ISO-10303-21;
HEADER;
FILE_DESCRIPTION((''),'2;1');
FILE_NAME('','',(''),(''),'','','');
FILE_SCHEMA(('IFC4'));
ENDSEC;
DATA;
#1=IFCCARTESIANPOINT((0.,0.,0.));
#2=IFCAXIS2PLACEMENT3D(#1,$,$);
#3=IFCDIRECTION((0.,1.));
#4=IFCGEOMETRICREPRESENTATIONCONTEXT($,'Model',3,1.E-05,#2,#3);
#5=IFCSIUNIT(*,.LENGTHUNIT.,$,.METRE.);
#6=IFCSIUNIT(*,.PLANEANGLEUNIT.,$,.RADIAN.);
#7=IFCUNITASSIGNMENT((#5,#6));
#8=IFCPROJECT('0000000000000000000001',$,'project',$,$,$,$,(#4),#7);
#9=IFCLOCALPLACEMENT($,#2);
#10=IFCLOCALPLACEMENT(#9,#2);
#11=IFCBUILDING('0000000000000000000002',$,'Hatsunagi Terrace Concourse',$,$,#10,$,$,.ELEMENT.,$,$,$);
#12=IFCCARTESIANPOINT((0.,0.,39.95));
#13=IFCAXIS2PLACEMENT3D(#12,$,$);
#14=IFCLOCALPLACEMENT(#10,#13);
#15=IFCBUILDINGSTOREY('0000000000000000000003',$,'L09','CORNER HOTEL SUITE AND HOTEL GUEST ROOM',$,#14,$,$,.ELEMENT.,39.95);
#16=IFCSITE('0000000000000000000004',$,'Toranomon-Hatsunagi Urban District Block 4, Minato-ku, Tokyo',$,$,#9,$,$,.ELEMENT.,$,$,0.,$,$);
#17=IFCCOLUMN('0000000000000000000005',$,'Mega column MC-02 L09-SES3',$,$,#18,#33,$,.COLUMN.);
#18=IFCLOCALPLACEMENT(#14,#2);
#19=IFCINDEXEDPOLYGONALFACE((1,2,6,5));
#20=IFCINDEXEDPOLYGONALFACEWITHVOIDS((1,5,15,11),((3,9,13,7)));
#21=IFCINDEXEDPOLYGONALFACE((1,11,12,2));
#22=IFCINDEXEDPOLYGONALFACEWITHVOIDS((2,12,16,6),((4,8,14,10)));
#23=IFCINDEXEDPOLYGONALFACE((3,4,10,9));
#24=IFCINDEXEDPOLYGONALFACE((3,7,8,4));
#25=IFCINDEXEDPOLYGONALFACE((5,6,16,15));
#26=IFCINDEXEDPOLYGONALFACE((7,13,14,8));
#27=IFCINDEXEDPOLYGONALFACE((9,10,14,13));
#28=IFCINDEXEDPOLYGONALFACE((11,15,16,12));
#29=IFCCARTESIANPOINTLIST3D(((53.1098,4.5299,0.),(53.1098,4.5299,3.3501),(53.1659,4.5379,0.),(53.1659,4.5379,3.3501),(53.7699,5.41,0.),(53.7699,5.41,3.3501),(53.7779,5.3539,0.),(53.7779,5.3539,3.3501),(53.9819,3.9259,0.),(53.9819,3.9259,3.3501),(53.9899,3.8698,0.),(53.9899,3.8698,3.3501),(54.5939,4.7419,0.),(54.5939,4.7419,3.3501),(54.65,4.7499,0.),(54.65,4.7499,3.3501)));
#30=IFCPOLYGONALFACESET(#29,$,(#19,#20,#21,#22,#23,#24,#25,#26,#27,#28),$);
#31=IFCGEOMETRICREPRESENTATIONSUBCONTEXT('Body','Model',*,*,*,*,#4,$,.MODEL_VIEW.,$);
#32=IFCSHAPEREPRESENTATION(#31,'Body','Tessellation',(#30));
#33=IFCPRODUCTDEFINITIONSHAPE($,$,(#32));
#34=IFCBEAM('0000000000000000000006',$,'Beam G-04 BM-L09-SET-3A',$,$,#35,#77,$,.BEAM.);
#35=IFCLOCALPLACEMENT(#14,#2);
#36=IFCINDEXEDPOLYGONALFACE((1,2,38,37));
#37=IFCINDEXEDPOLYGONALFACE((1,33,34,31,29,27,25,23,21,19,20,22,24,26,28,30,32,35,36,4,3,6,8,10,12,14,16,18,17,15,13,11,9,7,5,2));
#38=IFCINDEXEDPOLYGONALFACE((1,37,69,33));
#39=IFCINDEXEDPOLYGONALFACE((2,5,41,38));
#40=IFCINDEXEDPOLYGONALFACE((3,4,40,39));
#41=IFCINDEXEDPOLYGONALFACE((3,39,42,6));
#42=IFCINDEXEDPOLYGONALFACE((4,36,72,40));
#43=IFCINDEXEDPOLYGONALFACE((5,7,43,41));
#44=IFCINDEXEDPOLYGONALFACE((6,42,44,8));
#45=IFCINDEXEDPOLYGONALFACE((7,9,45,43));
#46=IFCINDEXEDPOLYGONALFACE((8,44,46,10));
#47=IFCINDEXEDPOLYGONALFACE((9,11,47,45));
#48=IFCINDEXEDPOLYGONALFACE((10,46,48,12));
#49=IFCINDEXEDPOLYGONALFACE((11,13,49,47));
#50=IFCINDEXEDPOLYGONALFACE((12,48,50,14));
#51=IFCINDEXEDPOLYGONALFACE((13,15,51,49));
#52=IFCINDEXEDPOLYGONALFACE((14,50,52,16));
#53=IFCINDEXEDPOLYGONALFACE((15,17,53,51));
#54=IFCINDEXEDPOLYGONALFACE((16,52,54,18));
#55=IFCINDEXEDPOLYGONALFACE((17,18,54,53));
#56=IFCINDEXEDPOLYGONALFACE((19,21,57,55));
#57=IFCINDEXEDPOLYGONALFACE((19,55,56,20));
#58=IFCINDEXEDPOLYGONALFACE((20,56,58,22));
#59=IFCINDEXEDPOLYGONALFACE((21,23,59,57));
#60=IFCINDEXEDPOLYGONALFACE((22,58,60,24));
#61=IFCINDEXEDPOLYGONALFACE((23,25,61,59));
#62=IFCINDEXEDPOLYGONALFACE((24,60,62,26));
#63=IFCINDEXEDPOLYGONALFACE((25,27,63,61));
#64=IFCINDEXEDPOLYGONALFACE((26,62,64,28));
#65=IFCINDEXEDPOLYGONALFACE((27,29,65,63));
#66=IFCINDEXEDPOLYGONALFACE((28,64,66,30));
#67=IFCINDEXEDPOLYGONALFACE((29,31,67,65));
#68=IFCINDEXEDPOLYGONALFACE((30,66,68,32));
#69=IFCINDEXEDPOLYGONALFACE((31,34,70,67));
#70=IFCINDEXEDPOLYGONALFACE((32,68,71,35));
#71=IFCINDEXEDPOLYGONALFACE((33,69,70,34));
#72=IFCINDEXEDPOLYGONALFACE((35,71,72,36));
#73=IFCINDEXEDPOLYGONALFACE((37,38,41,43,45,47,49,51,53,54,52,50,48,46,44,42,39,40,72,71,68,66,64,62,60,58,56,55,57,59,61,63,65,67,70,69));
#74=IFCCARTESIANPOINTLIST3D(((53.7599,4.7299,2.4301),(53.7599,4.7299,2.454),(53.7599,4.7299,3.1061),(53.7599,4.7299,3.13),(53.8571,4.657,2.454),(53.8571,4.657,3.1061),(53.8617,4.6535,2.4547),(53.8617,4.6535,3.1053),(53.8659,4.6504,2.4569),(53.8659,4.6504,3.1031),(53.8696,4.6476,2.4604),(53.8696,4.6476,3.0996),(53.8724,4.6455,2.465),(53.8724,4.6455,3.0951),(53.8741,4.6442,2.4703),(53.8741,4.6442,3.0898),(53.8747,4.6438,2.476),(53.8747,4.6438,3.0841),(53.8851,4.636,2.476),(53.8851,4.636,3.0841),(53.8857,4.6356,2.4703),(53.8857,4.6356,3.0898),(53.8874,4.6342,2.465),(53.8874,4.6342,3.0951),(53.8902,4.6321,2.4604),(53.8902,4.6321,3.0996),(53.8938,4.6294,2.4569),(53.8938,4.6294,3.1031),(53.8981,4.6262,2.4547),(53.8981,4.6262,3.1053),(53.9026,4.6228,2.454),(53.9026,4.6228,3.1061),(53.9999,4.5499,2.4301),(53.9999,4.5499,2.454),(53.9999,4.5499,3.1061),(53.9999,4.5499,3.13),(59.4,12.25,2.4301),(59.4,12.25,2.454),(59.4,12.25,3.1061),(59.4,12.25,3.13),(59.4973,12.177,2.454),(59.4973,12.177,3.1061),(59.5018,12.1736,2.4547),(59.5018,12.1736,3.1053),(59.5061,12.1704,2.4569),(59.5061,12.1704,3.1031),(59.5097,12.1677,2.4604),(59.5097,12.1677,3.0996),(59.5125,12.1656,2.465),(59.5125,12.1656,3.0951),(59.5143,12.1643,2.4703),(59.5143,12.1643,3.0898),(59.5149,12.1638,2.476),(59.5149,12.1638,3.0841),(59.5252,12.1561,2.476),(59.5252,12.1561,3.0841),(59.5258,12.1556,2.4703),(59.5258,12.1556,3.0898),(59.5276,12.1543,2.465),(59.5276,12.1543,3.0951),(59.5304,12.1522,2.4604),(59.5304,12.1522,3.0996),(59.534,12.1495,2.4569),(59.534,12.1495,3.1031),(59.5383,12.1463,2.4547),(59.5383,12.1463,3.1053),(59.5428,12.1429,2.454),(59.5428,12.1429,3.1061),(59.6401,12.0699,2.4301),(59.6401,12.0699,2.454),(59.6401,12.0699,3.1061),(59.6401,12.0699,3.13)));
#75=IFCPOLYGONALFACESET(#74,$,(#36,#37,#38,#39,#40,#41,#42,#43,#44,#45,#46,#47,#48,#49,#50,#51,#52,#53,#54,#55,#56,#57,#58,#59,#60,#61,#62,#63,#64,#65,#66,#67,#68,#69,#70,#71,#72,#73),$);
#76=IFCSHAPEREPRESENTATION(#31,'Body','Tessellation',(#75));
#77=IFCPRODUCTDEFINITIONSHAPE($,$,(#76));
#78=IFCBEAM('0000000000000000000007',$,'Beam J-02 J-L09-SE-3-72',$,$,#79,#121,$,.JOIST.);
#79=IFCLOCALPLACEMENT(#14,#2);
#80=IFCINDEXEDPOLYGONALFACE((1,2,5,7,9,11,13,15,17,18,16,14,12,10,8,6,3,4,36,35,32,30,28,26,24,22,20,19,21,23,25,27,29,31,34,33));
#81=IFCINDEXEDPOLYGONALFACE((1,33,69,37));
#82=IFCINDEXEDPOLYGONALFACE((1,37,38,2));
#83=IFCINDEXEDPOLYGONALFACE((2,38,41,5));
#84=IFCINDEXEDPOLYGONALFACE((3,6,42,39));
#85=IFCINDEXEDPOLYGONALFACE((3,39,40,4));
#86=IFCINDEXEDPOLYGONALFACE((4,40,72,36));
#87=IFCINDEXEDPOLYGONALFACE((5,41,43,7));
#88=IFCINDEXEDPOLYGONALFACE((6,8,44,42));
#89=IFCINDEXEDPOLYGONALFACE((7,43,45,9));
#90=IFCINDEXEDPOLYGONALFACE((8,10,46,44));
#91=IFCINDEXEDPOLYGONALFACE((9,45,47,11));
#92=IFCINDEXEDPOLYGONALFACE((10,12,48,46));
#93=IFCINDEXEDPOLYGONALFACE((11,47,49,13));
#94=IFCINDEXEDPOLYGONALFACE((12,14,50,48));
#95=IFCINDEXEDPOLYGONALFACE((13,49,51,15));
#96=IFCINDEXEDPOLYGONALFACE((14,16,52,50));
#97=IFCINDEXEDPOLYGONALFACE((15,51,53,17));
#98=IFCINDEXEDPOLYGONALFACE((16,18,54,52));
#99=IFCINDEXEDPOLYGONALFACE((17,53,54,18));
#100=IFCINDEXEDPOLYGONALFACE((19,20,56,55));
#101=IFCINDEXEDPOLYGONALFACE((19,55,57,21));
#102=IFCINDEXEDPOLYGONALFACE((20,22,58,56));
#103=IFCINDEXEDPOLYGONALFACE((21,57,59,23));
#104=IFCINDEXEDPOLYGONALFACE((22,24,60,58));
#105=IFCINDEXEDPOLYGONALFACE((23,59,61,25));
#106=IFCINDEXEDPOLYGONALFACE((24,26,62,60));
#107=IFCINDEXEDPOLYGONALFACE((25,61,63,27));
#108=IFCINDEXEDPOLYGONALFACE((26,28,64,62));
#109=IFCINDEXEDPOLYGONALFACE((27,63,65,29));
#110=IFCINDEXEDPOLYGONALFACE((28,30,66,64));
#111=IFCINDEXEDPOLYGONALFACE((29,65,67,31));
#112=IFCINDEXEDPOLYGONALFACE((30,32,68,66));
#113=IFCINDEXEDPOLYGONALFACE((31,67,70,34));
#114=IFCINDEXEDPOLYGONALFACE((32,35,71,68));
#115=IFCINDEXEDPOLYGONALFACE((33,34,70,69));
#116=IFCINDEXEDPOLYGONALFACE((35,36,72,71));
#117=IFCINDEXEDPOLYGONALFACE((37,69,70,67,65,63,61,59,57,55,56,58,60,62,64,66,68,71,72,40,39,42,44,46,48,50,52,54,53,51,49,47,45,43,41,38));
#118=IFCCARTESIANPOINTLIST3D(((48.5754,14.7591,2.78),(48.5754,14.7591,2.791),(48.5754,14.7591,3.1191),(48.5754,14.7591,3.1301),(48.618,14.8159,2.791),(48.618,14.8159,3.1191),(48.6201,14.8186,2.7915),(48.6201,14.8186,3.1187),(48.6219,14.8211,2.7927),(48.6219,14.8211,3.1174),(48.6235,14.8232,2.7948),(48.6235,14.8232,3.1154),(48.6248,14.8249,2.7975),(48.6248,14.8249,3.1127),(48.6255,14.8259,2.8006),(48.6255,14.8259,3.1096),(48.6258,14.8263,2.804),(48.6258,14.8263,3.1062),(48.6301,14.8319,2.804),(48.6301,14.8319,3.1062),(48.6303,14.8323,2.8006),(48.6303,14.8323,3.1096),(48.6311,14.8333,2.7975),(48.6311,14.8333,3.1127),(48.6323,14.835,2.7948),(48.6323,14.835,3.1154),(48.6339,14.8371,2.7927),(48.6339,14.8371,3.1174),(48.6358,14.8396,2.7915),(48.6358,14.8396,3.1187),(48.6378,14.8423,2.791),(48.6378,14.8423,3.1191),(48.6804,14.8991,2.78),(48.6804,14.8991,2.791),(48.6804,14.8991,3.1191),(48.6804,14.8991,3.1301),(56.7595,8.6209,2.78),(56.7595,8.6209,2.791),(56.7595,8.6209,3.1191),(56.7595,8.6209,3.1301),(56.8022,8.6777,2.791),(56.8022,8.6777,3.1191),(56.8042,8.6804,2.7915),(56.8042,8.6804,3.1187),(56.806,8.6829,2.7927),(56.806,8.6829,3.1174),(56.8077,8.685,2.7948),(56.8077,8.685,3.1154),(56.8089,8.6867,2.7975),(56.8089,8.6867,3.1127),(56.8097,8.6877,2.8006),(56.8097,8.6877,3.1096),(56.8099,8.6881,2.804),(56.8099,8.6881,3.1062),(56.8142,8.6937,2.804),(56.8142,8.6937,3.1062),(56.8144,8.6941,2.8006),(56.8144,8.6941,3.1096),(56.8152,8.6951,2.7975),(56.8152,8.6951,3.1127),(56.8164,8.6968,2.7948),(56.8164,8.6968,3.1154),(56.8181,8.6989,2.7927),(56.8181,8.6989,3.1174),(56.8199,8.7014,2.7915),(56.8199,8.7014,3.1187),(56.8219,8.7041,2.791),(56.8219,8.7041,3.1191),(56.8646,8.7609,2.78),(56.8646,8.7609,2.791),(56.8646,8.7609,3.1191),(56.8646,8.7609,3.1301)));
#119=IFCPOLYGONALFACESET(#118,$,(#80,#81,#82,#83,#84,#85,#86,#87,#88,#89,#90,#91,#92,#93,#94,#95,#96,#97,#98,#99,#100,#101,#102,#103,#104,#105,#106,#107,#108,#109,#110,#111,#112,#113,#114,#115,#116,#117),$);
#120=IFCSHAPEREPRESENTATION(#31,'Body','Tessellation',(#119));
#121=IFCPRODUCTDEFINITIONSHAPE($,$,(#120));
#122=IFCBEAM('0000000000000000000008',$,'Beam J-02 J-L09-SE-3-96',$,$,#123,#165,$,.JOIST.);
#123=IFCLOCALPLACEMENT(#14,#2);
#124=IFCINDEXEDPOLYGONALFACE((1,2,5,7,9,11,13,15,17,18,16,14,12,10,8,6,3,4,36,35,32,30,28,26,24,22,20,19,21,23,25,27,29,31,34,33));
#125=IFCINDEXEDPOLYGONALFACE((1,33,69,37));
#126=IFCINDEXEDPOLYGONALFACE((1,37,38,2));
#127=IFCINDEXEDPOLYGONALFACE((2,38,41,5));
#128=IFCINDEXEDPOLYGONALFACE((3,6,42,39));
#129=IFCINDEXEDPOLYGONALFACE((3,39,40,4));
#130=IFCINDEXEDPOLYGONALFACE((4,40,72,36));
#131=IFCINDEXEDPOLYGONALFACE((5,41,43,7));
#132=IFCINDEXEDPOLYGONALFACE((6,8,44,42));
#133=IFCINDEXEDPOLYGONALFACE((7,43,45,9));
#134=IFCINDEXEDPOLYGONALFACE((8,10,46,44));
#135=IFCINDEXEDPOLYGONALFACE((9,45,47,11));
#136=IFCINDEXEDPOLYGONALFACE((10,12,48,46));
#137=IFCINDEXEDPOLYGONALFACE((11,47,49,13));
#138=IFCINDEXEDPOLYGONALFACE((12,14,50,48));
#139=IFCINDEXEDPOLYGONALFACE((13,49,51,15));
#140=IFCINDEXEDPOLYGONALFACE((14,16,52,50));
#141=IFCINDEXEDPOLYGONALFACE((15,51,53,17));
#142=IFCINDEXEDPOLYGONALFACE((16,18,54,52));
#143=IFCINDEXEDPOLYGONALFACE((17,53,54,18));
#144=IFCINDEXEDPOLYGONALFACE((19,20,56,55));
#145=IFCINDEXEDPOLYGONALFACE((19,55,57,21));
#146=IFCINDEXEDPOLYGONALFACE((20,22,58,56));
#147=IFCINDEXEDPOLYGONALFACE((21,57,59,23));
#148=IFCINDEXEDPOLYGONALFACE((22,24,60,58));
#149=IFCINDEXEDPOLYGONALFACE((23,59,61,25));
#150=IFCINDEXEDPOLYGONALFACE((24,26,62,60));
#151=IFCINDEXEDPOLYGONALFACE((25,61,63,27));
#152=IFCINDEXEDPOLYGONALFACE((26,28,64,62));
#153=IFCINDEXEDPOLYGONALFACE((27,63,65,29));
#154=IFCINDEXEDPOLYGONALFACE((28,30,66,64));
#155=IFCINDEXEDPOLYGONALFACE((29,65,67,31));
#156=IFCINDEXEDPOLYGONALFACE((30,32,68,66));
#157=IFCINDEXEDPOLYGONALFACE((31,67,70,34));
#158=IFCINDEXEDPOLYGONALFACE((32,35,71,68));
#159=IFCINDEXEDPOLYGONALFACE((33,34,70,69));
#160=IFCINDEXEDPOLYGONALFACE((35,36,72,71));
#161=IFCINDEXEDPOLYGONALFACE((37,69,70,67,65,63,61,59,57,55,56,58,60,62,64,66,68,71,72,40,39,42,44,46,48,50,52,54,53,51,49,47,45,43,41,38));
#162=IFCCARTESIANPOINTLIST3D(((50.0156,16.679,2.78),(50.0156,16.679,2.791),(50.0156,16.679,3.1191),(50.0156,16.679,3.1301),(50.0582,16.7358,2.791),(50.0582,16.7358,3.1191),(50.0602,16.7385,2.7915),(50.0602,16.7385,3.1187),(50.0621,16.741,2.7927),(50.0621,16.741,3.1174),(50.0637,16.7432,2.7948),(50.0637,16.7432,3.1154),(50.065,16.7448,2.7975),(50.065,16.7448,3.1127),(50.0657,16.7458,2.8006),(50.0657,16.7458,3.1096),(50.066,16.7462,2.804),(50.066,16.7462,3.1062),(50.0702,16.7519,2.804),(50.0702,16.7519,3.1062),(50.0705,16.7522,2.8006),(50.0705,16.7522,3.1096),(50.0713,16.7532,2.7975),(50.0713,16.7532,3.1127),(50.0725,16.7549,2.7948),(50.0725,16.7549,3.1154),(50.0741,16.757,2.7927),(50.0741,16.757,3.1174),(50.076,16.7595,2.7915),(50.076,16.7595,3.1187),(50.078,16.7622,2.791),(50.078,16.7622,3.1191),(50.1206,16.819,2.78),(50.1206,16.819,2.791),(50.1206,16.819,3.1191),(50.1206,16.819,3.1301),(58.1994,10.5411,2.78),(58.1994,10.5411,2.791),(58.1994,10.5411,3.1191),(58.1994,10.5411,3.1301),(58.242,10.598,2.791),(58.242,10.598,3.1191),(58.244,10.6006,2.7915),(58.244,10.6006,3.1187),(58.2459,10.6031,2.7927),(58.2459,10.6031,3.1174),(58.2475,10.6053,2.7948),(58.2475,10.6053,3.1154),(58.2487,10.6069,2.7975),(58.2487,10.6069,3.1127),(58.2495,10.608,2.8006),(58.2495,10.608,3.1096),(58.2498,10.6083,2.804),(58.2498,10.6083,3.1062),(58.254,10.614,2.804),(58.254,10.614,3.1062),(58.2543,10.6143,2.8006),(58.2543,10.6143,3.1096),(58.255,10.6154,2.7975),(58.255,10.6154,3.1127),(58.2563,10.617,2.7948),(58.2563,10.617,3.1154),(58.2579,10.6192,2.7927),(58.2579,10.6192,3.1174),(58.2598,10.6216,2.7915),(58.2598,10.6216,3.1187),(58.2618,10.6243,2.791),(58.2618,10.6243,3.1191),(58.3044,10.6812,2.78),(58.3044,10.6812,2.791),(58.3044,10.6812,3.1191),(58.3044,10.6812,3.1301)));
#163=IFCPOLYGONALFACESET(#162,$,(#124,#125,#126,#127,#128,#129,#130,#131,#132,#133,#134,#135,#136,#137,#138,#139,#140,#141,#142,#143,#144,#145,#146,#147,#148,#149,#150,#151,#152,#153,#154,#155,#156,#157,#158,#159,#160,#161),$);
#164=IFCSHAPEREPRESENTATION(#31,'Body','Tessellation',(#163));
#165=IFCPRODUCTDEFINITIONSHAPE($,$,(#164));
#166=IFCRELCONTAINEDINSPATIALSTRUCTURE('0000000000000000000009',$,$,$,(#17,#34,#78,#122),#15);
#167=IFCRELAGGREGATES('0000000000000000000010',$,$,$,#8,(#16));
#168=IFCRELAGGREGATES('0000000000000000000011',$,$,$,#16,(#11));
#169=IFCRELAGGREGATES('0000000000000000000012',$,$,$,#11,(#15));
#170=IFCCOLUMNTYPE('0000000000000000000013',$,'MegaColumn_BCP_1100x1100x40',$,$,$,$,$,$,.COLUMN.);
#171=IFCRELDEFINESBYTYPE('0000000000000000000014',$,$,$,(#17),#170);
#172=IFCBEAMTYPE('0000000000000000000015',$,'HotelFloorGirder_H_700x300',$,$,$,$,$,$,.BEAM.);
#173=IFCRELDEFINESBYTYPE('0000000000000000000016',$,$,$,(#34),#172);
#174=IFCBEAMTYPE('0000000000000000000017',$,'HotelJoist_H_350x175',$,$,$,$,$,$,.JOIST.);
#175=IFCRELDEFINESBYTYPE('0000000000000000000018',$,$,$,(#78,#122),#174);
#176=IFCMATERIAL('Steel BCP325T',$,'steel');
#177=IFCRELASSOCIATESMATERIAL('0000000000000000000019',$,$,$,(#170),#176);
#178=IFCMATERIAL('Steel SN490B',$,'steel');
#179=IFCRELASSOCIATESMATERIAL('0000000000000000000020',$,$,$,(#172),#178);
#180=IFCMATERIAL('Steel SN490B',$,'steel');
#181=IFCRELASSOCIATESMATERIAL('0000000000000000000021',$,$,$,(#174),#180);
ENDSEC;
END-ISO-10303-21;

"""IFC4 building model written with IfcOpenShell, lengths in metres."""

from ifc_helpers import new_model, si_unit, direction, frame, origin, origin_2d, place, context, subcontext, project, spatial, hollow_rectangle, i_section, extrude, material, material_profile, profile_set, type_object, element, save


model = new_model("IFC4")

# Units and contexts
model_context = context("Model", 3, precision=1e-05, world=origin(), true_north=direction((0.0, 1.0)))
body_context = subcontext(model_context, "Body", "Model", "MODEL_VIEW")
ifc_project = project(units=[si_unit("LENGTHUNIT", "METRE"), si_unit("PLANEANGLEUNIT", "RADIAN")], contexts=[model_context])

# Site, building, storey
site_placement = place(None, origin())
site = spatial("IfcSite", under=ifc_project, at=site_placement, Name="Toranomon-Hatsunagi Urban District Block 4, Minato-ku, Tokyo", CompositionType="ELEMENT", RefElevation=0.0)
building_placement = place(site_placement, origin())
building = spatial("IfcBuilding", under=site, at=building_placement, Name="Hatsunagi Terrace Concourse", CompositionType="ELEMENT")
storey_placement = place(building_placement, frame((0.0, 0.0, 39.95)))
storey = spatial("IfcBuildingStorey", under=building, at=storey_placement, Name="L09", Description="CORNER HOTEL SUITE AND HOTEL GUEST ROOM", CompositionType="ELEMENT", Elevation=39.95)

# Column
ifc_material_1 = material(Name="Steel BCP325T", Category="steel")
ifc_material_profile_1 = material_profile(ifc_material_1, hollow_rectangle(XDim=1.1001, YDim=1.1001, WallThickness=0.04, at=origin_2d()), Name="BCP-1100x1100x40")
ifc_profile_set_1 = profile_set([ifc_material_profile_1], Name="Steel BCP325T")
column_type = type_object("IfcColumnType", Name="MegaColumn_BCP_1100x1100x40", PredefinedType="COLUMN", material=ifc_profile_set_1)
column_placement = place(storey_placement, frame((53.8799, 4.6399, 0.0), z_axis=(0.0, 0.0, 1.0), x_axis=(0.8, -0.6, 0.0)))
element("IfcColumn", 1, at=column_placement, inside=storey, type_object=column_type, Name="Mega column MC-02 L09-SES3", PredefinedType="COLUMN", context=body_context, shape_type="SweptSolid", body=[
    extrude(hollow_rectangle(XDim=1.1001, YDim=1.1001, WallThickness=0.04, at=origin_2d()), origin(), (0.0, 0.0, 1.0), 3.3501),
])

# Beams
ifc_material_2 = material(Name="Steel SN490B", Category="steel")
ifc_material_profile_2 = material_profile(ifc_material_2, i_section(OverallWidth=0.3, OverallDepth=0.7, WebThickness=0.0129, FlangeThickness=0.0239, FilletRadius=0.022, at=origin_2d()), Name="H-700x300x13x24")
ifc_profile_set_2 = profile_set([ifc_material_profile_2], Name="Steel SN490B")
beam_type_1 = type_object("IfcBeamType", Name="HotelFloorGirder_H_700x300", PredefinedType="BEAM", material=ifc_profile_set_2)
beam_1_placement = place(storey_placement, frame((53.8799, 4.6399, 2.78), z_axis=(0.600008, 0.799994, 0.0), x_axis=(-0.799994, 0.600008, 0.0)))
element("IfcBeam", 2, at=beam_1_placement, inside=storey, type_object=beam_type_1, Name="Beam G-04 BM-L09-SET-3A", PredefinedType="BEAM", context=body_context, shape_type="SweptSolid", body=[
    extrude(i_section(OverallWidth=0.3, OverallDepth=0.7, WebThickness=0.0129, FlangeThickness=0.0239, FilletRadius=0.022, at=origin_2d()), origin(), (0.0, 0.0, 1.0), 9.4001),
])
ifc_material_3 = material(Name="Steel SN490B", Category="steel")
ifc_material_profile_3 = material_profile(ifc_material_3, i_section(OverallWidth=0.175, OverallDepth=0.3501, WebThickness=0.0071, FlangeThickness=0.011, FilletRadius=0.0129, at=origin_2d()), Name="H-350x175x7x11")
ifc_profile_set_3 = profile_set([ifc_material_profile_3], Name="Steel SN490B")
beam_type_2 = type_object("IfcBeamType", Name="HotelJoist_H_350x175", PredefinedType="JOIST", material=ifc_profile_set_3)
beam_2_placement = place(storey_placement, frame((48.6279, 14.8291, 2.9551), z_axis=(0.799994, -0.600008, 0.0), x_axis=(0.600008, 0.799994, 0.0)))
element("IfcBeam", 3, at=beam_2_placement, inside=storey, type_object=beam_type_2, Name="Beam J-02 J-L09-SE-3-72", PredefinedType="JOIST", context=body_context, shape_type="SweptSolid", body=[
    extrude(i_section(OverallWidth=0.175, OverallDepth=0.3501, WebThickness=0.0071, FlangeThickness=0.011, FilletRadius=0.0129, at=origin_2d()), origin(), (0.0, 0.0, 1.0), 10.2302),
])
beam_3_placement = place(storey_placement, frame((50.0681, 16.749, 2.9551), z_axis=(0.799997, -0.600004, 0.0), x_axis=(0.600004, 0.799997, 0.0)))
element("IfcBeam", 4, at=beam_3_placement, inside=storey, type_object=beam_type_2, Name="Beam J-02 J-L09-SE-3-96", PredefinedType="JOIST", context=body_context, shape_type="SweptSolid", body=[
    extrude(i_section(OverallWidth=0.175, OverallDepth=0.3501, WebThickness=0.0071, FlangeThickness=0.011, FilletRadius=0.0129, at=origin_2d()), origin(), (0.0, 0.0, 1.0), 10.2297),
])

save(model, "model.ifc")
